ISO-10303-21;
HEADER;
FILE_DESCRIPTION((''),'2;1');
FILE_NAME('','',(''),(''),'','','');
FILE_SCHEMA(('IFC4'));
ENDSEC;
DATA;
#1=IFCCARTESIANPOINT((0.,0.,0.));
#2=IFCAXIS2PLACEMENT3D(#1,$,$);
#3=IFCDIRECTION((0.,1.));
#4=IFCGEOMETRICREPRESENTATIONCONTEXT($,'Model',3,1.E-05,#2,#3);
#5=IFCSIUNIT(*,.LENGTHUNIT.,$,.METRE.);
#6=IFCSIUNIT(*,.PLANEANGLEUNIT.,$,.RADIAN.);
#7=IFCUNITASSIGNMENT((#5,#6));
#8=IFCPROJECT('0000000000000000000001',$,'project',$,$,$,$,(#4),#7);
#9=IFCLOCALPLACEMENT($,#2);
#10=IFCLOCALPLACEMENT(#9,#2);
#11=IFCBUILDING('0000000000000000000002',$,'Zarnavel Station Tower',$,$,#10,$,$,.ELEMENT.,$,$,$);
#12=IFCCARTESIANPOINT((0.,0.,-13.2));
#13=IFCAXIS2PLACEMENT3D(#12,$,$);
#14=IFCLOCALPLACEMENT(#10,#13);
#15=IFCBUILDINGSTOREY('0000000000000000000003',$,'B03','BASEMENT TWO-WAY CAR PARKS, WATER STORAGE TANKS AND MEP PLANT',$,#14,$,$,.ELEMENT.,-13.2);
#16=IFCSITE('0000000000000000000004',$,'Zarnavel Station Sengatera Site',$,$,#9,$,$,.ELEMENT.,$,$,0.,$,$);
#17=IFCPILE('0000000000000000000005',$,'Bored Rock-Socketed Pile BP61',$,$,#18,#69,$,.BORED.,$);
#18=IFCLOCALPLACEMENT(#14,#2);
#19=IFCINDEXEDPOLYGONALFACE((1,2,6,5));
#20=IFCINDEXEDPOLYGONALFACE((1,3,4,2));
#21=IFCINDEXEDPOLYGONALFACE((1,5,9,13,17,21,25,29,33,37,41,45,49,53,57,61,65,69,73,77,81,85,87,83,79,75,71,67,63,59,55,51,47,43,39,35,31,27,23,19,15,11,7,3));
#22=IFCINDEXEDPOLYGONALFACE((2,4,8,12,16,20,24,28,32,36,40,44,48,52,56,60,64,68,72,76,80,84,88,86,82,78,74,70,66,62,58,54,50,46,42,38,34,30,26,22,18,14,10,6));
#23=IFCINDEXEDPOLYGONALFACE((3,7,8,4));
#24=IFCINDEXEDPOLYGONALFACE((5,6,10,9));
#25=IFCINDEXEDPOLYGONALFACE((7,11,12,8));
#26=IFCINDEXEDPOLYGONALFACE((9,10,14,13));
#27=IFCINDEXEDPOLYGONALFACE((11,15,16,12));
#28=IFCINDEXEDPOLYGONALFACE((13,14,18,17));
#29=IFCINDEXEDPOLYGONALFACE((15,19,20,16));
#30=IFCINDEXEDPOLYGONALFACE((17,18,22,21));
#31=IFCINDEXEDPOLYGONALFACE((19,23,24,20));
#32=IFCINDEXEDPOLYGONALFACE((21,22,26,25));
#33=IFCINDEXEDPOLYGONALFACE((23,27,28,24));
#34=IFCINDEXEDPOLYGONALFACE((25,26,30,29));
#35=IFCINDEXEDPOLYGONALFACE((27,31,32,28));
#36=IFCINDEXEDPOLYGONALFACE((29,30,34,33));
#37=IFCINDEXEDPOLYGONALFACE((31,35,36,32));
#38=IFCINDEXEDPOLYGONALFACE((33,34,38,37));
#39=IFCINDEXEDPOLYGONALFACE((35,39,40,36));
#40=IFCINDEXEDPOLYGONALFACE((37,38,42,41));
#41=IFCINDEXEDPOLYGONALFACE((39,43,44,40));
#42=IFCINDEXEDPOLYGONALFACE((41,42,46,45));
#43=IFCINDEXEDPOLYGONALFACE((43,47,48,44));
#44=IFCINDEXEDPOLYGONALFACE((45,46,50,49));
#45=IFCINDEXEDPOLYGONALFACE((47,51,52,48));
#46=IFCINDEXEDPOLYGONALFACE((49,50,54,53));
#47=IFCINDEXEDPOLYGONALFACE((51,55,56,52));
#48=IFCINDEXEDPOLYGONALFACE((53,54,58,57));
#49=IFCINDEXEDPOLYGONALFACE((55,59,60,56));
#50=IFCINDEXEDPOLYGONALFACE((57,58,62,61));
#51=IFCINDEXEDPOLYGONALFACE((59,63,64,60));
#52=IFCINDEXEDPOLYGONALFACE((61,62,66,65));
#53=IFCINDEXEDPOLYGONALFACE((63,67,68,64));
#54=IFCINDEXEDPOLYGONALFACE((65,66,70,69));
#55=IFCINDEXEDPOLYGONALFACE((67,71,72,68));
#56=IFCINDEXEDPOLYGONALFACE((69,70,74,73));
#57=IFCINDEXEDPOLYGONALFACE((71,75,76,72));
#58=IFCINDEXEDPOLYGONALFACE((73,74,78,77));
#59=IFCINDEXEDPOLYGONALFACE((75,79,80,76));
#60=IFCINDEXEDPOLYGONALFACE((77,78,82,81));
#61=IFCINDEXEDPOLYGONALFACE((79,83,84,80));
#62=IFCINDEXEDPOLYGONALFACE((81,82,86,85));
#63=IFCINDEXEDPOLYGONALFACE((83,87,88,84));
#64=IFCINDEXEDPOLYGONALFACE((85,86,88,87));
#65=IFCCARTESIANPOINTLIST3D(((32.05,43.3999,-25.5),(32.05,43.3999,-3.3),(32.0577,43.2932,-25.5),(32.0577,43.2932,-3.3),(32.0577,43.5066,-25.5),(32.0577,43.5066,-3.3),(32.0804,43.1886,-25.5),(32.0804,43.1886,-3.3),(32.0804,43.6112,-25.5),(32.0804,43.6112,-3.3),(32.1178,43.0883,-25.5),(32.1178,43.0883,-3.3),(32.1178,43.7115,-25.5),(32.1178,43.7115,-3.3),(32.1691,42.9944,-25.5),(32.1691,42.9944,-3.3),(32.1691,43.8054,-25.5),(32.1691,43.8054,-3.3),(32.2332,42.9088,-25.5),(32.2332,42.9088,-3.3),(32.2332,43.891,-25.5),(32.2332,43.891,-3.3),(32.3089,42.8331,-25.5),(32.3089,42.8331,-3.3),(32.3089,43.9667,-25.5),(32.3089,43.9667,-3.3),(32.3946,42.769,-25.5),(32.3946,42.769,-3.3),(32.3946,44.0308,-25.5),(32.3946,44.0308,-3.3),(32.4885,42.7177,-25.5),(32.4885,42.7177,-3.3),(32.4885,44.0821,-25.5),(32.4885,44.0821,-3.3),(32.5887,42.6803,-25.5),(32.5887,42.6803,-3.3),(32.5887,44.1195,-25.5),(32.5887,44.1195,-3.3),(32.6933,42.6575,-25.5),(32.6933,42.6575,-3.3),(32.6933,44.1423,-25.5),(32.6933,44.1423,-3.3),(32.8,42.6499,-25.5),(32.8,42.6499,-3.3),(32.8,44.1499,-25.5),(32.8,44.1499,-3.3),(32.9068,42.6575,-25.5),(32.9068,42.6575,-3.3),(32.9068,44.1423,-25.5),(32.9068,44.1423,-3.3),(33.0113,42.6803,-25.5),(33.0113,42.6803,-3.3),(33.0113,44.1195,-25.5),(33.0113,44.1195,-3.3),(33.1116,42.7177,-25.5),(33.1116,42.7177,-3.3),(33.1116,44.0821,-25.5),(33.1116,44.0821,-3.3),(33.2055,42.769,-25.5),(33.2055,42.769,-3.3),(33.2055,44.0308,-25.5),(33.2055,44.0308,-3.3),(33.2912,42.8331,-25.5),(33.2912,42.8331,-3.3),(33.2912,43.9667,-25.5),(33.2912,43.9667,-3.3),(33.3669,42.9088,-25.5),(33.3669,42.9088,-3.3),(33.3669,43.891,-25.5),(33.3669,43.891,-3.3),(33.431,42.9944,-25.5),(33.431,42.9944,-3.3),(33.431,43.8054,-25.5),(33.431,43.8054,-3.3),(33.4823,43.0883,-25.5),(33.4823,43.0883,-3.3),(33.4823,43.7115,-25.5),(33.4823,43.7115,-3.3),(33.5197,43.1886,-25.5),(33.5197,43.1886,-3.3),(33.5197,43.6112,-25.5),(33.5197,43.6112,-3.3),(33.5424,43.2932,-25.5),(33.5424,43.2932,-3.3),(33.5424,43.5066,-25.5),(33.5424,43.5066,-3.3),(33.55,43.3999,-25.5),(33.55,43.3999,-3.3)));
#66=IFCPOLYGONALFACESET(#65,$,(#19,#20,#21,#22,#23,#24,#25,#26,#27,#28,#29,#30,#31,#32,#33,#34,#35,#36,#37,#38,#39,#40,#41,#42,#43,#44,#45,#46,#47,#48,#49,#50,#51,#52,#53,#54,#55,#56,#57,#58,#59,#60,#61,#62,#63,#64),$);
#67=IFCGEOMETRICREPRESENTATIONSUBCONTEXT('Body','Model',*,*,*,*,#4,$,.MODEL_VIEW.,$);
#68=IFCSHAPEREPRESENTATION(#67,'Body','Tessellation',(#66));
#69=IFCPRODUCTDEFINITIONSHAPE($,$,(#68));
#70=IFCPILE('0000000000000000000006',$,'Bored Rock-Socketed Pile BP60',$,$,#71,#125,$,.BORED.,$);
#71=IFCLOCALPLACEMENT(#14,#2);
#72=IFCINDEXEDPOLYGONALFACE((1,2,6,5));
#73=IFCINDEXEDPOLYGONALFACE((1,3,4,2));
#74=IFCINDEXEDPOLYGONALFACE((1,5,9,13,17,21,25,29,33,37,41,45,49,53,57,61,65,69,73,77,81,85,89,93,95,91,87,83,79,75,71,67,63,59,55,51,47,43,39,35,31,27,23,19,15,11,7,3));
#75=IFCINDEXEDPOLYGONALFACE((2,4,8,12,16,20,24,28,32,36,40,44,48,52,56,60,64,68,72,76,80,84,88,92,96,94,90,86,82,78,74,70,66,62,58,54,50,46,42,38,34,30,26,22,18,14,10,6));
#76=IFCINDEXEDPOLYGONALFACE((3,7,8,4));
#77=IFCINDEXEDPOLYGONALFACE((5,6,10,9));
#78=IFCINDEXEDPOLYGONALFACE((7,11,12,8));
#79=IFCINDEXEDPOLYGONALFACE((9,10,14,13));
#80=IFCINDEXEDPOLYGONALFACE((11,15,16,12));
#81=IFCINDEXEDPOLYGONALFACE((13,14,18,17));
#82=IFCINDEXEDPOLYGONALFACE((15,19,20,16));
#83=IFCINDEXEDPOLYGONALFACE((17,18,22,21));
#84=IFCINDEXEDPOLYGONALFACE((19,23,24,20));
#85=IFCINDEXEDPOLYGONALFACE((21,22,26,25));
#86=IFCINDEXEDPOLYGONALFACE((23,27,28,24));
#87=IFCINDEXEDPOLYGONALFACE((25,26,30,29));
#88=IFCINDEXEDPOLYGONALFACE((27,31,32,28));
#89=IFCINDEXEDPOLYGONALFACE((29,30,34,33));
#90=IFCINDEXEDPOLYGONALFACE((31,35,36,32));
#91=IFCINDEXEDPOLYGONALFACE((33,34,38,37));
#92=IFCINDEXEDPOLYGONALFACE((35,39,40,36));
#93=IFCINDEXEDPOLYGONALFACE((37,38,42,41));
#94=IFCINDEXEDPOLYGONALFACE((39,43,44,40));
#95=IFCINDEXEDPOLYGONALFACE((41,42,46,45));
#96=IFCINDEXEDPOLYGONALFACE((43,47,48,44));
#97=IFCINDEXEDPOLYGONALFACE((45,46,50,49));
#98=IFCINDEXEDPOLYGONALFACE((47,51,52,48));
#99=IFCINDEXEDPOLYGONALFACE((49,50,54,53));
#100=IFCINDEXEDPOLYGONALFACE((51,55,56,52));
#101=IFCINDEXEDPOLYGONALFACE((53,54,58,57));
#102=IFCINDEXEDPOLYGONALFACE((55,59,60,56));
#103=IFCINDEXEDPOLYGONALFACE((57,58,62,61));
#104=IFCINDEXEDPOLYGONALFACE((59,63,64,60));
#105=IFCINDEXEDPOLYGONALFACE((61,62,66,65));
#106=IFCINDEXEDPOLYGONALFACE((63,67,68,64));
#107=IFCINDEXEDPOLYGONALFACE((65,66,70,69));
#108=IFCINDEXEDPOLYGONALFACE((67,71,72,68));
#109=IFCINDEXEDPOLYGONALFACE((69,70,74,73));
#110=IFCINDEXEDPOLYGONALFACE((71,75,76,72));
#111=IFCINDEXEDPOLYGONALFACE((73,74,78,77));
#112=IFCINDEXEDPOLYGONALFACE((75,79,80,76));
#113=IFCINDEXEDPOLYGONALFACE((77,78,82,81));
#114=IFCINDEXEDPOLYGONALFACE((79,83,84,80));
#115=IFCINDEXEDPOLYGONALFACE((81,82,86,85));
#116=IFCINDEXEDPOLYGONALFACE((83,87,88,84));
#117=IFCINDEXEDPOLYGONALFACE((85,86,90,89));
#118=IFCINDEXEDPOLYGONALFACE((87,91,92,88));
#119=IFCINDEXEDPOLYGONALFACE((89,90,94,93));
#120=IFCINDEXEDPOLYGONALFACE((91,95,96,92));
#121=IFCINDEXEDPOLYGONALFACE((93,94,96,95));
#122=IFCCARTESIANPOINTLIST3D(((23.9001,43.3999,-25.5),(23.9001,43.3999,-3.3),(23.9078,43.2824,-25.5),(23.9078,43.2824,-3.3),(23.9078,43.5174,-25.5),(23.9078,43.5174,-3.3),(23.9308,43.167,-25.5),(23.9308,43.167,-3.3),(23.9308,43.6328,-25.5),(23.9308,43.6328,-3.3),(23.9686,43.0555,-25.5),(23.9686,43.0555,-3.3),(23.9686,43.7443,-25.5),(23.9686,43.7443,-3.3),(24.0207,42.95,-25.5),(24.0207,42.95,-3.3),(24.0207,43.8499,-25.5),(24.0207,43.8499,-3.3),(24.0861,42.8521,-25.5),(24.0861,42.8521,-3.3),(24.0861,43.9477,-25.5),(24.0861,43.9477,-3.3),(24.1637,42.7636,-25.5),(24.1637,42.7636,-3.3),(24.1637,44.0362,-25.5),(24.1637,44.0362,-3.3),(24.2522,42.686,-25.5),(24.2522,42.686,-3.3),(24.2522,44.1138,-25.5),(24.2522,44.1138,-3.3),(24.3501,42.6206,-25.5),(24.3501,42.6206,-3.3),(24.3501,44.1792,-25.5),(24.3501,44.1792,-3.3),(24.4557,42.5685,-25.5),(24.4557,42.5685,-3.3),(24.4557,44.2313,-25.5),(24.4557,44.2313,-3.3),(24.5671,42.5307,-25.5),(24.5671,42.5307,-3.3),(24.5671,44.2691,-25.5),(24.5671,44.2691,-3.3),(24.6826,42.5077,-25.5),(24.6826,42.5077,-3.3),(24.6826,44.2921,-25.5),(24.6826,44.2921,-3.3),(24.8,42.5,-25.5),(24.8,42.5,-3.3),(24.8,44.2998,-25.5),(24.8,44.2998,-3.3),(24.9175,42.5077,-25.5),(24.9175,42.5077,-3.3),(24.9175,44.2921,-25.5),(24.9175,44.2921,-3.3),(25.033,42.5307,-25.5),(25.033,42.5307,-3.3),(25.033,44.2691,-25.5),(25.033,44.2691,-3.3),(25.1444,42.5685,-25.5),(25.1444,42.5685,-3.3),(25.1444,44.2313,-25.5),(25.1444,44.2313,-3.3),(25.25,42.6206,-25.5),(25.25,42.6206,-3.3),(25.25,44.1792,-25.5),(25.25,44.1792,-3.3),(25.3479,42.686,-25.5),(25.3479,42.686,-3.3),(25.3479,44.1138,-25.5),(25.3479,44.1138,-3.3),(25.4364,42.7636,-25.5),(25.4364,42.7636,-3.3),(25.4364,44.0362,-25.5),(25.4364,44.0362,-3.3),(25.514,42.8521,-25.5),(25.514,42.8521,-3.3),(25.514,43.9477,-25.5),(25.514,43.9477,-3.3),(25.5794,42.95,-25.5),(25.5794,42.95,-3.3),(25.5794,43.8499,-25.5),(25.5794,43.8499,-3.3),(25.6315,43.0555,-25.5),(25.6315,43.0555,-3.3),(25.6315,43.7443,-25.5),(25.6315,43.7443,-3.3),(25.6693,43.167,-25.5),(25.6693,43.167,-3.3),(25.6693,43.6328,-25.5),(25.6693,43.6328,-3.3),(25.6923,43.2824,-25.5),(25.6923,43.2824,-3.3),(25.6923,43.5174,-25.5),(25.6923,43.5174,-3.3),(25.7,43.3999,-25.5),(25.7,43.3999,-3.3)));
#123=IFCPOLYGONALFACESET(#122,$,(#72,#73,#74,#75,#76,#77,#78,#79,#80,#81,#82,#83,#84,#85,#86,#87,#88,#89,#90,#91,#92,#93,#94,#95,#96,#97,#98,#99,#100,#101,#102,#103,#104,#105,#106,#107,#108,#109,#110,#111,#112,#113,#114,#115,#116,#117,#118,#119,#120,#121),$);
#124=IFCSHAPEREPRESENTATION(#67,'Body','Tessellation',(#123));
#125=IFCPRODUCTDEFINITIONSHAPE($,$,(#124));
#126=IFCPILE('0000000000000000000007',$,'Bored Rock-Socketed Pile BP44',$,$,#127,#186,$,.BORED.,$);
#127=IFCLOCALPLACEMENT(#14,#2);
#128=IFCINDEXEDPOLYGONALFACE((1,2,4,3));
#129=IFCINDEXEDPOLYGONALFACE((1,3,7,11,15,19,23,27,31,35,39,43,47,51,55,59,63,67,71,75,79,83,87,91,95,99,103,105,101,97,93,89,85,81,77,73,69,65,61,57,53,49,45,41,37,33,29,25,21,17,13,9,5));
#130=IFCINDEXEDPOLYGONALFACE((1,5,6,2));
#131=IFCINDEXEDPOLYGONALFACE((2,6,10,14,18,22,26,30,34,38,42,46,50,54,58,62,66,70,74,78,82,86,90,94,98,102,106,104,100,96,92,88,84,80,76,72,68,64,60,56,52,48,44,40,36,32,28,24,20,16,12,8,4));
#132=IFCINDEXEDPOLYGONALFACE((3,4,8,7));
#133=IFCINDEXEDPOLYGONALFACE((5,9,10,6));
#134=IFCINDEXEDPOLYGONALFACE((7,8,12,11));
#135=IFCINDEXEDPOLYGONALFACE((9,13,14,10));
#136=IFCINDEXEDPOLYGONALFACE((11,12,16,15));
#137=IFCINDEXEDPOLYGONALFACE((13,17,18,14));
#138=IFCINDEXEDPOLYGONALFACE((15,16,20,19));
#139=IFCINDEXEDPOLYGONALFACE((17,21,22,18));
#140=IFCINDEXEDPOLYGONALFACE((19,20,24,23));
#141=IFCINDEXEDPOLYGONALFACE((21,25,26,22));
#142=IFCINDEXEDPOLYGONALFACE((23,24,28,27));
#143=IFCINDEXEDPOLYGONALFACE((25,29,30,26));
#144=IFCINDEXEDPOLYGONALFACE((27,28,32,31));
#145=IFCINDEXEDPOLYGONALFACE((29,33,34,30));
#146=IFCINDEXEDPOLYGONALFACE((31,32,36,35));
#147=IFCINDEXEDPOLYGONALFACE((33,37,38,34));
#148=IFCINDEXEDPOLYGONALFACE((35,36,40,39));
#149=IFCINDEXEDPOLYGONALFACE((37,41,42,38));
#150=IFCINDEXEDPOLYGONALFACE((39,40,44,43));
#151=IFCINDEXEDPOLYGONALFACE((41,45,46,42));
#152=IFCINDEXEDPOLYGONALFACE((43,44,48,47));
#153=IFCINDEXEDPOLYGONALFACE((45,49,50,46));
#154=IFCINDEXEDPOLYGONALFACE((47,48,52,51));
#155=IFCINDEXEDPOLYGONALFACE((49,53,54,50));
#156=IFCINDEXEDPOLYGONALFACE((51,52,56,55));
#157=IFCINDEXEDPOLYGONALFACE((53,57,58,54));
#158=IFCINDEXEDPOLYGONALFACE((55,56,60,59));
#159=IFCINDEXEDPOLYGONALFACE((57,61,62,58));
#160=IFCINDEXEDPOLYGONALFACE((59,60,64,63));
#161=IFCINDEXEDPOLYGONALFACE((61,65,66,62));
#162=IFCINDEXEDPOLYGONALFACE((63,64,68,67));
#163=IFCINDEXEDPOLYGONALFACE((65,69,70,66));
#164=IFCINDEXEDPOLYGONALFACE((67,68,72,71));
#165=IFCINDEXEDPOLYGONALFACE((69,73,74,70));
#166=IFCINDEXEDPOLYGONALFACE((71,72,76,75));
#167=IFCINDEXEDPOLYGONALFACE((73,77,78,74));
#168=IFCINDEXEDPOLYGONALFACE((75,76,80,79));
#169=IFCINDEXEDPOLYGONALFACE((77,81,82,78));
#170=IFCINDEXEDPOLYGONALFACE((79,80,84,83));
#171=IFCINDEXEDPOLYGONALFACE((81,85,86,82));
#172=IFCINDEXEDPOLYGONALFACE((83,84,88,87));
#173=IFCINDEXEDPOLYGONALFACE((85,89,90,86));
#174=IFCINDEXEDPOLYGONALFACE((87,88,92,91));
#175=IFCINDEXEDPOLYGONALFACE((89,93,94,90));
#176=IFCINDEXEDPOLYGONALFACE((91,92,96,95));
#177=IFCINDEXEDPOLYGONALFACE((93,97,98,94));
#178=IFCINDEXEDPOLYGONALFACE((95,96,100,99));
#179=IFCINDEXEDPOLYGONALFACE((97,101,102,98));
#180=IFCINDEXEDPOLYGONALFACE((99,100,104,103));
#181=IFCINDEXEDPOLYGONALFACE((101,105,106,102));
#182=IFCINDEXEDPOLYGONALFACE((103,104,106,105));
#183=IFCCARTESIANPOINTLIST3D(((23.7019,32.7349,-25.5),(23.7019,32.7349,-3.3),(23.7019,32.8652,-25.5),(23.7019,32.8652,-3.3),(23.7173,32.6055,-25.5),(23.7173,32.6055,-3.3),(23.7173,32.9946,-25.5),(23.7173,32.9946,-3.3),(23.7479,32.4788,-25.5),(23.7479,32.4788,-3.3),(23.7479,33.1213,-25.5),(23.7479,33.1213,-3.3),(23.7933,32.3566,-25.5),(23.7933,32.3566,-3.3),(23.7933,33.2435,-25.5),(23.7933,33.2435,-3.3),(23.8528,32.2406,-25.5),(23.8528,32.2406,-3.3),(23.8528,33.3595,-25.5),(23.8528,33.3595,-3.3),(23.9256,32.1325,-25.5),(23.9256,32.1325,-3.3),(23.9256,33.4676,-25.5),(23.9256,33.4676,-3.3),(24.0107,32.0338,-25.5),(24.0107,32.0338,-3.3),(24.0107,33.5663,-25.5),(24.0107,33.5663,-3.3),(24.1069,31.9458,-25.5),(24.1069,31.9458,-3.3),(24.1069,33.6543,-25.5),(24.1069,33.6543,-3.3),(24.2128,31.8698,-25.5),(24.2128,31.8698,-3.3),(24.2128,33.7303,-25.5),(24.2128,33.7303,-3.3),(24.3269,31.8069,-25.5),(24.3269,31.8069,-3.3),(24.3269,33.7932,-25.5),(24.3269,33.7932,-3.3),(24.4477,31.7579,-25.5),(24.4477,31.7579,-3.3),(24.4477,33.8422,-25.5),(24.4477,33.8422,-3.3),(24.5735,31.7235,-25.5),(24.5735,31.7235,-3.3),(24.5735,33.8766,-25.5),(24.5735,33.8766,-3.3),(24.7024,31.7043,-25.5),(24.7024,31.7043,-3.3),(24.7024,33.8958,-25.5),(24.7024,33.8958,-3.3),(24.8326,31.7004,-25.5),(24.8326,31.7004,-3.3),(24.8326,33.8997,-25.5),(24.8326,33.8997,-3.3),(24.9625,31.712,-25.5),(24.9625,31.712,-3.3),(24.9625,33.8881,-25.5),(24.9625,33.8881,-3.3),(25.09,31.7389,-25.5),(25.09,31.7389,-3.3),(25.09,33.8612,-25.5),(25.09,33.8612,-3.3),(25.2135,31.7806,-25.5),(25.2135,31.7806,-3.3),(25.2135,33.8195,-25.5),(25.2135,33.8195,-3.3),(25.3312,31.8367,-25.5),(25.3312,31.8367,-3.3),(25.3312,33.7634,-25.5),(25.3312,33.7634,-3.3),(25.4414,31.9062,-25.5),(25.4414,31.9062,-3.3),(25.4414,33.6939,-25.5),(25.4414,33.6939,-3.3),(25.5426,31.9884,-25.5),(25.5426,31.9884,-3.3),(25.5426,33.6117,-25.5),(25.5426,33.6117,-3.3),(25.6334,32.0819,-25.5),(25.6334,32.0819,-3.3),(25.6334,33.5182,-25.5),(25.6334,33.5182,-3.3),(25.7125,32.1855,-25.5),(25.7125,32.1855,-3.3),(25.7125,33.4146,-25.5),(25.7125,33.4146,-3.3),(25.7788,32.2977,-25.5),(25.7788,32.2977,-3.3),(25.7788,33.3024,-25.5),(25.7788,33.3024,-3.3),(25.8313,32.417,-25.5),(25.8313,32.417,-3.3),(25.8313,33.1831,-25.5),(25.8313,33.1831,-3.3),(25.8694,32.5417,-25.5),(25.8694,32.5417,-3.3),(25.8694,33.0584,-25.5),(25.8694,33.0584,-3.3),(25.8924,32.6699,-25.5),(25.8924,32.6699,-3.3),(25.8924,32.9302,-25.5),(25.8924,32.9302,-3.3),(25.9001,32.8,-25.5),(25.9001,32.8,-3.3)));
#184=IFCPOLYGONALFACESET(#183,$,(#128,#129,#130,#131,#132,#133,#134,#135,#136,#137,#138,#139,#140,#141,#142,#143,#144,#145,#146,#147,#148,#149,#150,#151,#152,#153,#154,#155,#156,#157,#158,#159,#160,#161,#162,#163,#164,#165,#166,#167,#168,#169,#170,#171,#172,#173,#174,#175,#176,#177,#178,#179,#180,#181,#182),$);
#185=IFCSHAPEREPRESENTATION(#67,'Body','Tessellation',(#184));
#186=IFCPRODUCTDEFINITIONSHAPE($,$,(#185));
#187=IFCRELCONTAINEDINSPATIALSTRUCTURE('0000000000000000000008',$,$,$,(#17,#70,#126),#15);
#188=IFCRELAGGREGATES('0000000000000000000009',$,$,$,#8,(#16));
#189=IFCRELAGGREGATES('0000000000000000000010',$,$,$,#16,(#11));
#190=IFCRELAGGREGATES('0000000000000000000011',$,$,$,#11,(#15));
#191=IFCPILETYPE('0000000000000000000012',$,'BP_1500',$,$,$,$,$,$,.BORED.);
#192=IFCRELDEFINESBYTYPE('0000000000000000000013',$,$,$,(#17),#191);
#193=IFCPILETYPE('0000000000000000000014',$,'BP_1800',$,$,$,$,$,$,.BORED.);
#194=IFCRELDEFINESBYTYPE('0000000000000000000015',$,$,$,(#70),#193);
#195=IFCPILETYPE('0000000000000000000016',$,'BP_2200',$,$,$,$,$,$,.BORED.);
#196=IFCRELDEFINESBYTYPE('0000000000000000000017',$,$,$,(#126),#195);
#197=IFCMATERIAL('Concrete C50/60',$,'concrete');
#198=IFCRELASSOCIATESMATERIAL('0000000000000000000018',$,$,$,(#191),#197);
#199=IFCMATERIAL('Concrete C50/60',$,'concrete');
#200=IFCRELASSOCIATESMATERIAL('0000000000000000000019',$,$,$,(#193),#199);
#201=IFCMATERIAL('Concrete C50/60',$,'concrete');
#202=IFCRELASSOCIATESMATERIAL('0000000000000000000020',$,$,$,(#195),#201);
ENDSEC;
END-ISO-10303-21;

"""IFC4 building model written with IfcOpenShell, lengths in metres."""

from ifc_helpers import new_model, si_unit, direction, frame, origin, origin_2d, place, context, subcontext, project, spatial, circle, extrude, material, material_profile, profile_set, type_object, element, save


model = new_model("IFC4")

# Units and contexts
model_context = context("Model", 3, precision=1e-05, world=origin(), true_north=direction((0.0, 1.0)))
body_context = subcontext(model_context, "Body", "Model", "MODEL_VIEW")
ifc_project = project(units=[si_unit("LENGTHUNIT", "METRE"), si_unit("PLANEANGLEUNIT", "RADIAN")], contexts=[model_context])

# Site, building, storey
site_placement = place(None, origin())
site = spatial("IfcSite", under=ifc_project, at=site_placement, Name="Zarnavel Station Sengatera Site", CompositionType="ELEMENT", RefElevation=0.0)
building_placement = place(site_placement, origin())
building = spatial("IfcBuilding", under=site, at=building_placement, Name="Zarnavel Station Tower", CompositionType="ELEMENT")
storey_placement = place(building_placement, frame((0.0, 0.0, -13.2)))
storey = spatial("IfcBuildingStorey", under=building, at=storey_placement, Name="B03", Description="BASEMENT TWO-WAY CAR PARKS, WATER STORAGE TANKS AND MEP PLANT", CompositionType="ELEMENT", Elevation=-13.2)

# Piles
ifc_material_1 = material(Name="Concrete C50/60", Category="concrete")
ifc_material_profile_1 = material_profile(ifc_material_1, circle(Radius=0.75, at=origin_2d()), Name="PILE1500")
ifc_profile_set_1 = profile_set([ifc_material_profile_1], Name="Concrete C50/60")
pile_type_1 = type_object("IfcPileType", Name="BP_1500", PredefinedType="BORED", material=ifc_profile_set_1)
pile_1_placement = place(storey_placement, frame((32.8, 43.3999, -3.3), z_axis=(0.0, 0.0, -1.0), x_axis=(1.0, 0.0, 0.0)))
element("IfcPile", 1, at=pile_1_placement, inside=storey, type_object=pile_type_1, Name="Bored Rock-Socketed Pile BP61", PredefinedType="BORED", context=body_context, shape_type="SweptSolid", body=[
    extrude(circle(Radius=0.75, at=origin_2d()), origin(), (0.0, 0.0, 1.0), 22.2),
])
ifc_material_2 = material(Name="Concrete C50/60", Category="concrete")
ifc_material_profile_2 = material_profile(ifc_material_2, circle(Radius=0.8999, at=origin_2d()), Name="PILE1800")
ifc_profile_set_2 = profile_set([ifc_material_profile_2], Name="Concrete C50/60")
pile_type_2 = type_object("IfcPileType", Name="BP_1800", PredefinedType="BORED", material=ifc_profile_set_2)
pile_2_placement = place(storey_placement, frame((24.8, 43.3999, -3.3), z_axis=(0.0, 0.0, -1.0), x_axis=(1.0, 0.0, 0.0)))
element("IfcPile", 2, at=pile_2_placement, inside=storey, type_object=pile_type_2, Name="Bored Rock-Socketed Pile BP60", PredefinedType="BORED", context=body_context, shape_type="SweptSolid", body=[
    extrude(circle(Radius=0.8999, at=origin_2d()), origin(), (0.0, 0.0, 1.0), 22.2),
])
ifc_material_3 = material(Name="Concrete C50/60", Category="concrete")
ifc_material_profile_3 = material_profile(ifc_material_3, circle(Radius=1.1001, at=origin_2d()), Name="PILE2200")
ifc_profile_set_3 = profile_set([ifc_material_profile_3], Name="Concrete C50/60")
pile_type_3 = type_object("IfcPileType", Name="BP_2200", PredefinedType="BORED", material=ifc_profile_set_3)
for number, where, z_axis, x_axis, name in (
    (3, (24.8, 32.8, -3.3), (0.0, 0.0, -1.0), (1.0, 0.0, 0.0), "Bored Rock-Socketed Pile BP44"),
):
    element("IfcPile", number, at=place(storey_placement, frame(where, z_axis=z_axis, x_axis=x_axis)), inside=storey, type_object=pile_type_3, Name=name, PredefinedType="BORED", context=body_context, shape_type="SweptSolid", body=[
        extrude(circle(Radius=1.1001, at=origin_2d()), origin(), (0.0, 0.0, 1.0), 22.2),
    ])

save(model, "model.ifc")
